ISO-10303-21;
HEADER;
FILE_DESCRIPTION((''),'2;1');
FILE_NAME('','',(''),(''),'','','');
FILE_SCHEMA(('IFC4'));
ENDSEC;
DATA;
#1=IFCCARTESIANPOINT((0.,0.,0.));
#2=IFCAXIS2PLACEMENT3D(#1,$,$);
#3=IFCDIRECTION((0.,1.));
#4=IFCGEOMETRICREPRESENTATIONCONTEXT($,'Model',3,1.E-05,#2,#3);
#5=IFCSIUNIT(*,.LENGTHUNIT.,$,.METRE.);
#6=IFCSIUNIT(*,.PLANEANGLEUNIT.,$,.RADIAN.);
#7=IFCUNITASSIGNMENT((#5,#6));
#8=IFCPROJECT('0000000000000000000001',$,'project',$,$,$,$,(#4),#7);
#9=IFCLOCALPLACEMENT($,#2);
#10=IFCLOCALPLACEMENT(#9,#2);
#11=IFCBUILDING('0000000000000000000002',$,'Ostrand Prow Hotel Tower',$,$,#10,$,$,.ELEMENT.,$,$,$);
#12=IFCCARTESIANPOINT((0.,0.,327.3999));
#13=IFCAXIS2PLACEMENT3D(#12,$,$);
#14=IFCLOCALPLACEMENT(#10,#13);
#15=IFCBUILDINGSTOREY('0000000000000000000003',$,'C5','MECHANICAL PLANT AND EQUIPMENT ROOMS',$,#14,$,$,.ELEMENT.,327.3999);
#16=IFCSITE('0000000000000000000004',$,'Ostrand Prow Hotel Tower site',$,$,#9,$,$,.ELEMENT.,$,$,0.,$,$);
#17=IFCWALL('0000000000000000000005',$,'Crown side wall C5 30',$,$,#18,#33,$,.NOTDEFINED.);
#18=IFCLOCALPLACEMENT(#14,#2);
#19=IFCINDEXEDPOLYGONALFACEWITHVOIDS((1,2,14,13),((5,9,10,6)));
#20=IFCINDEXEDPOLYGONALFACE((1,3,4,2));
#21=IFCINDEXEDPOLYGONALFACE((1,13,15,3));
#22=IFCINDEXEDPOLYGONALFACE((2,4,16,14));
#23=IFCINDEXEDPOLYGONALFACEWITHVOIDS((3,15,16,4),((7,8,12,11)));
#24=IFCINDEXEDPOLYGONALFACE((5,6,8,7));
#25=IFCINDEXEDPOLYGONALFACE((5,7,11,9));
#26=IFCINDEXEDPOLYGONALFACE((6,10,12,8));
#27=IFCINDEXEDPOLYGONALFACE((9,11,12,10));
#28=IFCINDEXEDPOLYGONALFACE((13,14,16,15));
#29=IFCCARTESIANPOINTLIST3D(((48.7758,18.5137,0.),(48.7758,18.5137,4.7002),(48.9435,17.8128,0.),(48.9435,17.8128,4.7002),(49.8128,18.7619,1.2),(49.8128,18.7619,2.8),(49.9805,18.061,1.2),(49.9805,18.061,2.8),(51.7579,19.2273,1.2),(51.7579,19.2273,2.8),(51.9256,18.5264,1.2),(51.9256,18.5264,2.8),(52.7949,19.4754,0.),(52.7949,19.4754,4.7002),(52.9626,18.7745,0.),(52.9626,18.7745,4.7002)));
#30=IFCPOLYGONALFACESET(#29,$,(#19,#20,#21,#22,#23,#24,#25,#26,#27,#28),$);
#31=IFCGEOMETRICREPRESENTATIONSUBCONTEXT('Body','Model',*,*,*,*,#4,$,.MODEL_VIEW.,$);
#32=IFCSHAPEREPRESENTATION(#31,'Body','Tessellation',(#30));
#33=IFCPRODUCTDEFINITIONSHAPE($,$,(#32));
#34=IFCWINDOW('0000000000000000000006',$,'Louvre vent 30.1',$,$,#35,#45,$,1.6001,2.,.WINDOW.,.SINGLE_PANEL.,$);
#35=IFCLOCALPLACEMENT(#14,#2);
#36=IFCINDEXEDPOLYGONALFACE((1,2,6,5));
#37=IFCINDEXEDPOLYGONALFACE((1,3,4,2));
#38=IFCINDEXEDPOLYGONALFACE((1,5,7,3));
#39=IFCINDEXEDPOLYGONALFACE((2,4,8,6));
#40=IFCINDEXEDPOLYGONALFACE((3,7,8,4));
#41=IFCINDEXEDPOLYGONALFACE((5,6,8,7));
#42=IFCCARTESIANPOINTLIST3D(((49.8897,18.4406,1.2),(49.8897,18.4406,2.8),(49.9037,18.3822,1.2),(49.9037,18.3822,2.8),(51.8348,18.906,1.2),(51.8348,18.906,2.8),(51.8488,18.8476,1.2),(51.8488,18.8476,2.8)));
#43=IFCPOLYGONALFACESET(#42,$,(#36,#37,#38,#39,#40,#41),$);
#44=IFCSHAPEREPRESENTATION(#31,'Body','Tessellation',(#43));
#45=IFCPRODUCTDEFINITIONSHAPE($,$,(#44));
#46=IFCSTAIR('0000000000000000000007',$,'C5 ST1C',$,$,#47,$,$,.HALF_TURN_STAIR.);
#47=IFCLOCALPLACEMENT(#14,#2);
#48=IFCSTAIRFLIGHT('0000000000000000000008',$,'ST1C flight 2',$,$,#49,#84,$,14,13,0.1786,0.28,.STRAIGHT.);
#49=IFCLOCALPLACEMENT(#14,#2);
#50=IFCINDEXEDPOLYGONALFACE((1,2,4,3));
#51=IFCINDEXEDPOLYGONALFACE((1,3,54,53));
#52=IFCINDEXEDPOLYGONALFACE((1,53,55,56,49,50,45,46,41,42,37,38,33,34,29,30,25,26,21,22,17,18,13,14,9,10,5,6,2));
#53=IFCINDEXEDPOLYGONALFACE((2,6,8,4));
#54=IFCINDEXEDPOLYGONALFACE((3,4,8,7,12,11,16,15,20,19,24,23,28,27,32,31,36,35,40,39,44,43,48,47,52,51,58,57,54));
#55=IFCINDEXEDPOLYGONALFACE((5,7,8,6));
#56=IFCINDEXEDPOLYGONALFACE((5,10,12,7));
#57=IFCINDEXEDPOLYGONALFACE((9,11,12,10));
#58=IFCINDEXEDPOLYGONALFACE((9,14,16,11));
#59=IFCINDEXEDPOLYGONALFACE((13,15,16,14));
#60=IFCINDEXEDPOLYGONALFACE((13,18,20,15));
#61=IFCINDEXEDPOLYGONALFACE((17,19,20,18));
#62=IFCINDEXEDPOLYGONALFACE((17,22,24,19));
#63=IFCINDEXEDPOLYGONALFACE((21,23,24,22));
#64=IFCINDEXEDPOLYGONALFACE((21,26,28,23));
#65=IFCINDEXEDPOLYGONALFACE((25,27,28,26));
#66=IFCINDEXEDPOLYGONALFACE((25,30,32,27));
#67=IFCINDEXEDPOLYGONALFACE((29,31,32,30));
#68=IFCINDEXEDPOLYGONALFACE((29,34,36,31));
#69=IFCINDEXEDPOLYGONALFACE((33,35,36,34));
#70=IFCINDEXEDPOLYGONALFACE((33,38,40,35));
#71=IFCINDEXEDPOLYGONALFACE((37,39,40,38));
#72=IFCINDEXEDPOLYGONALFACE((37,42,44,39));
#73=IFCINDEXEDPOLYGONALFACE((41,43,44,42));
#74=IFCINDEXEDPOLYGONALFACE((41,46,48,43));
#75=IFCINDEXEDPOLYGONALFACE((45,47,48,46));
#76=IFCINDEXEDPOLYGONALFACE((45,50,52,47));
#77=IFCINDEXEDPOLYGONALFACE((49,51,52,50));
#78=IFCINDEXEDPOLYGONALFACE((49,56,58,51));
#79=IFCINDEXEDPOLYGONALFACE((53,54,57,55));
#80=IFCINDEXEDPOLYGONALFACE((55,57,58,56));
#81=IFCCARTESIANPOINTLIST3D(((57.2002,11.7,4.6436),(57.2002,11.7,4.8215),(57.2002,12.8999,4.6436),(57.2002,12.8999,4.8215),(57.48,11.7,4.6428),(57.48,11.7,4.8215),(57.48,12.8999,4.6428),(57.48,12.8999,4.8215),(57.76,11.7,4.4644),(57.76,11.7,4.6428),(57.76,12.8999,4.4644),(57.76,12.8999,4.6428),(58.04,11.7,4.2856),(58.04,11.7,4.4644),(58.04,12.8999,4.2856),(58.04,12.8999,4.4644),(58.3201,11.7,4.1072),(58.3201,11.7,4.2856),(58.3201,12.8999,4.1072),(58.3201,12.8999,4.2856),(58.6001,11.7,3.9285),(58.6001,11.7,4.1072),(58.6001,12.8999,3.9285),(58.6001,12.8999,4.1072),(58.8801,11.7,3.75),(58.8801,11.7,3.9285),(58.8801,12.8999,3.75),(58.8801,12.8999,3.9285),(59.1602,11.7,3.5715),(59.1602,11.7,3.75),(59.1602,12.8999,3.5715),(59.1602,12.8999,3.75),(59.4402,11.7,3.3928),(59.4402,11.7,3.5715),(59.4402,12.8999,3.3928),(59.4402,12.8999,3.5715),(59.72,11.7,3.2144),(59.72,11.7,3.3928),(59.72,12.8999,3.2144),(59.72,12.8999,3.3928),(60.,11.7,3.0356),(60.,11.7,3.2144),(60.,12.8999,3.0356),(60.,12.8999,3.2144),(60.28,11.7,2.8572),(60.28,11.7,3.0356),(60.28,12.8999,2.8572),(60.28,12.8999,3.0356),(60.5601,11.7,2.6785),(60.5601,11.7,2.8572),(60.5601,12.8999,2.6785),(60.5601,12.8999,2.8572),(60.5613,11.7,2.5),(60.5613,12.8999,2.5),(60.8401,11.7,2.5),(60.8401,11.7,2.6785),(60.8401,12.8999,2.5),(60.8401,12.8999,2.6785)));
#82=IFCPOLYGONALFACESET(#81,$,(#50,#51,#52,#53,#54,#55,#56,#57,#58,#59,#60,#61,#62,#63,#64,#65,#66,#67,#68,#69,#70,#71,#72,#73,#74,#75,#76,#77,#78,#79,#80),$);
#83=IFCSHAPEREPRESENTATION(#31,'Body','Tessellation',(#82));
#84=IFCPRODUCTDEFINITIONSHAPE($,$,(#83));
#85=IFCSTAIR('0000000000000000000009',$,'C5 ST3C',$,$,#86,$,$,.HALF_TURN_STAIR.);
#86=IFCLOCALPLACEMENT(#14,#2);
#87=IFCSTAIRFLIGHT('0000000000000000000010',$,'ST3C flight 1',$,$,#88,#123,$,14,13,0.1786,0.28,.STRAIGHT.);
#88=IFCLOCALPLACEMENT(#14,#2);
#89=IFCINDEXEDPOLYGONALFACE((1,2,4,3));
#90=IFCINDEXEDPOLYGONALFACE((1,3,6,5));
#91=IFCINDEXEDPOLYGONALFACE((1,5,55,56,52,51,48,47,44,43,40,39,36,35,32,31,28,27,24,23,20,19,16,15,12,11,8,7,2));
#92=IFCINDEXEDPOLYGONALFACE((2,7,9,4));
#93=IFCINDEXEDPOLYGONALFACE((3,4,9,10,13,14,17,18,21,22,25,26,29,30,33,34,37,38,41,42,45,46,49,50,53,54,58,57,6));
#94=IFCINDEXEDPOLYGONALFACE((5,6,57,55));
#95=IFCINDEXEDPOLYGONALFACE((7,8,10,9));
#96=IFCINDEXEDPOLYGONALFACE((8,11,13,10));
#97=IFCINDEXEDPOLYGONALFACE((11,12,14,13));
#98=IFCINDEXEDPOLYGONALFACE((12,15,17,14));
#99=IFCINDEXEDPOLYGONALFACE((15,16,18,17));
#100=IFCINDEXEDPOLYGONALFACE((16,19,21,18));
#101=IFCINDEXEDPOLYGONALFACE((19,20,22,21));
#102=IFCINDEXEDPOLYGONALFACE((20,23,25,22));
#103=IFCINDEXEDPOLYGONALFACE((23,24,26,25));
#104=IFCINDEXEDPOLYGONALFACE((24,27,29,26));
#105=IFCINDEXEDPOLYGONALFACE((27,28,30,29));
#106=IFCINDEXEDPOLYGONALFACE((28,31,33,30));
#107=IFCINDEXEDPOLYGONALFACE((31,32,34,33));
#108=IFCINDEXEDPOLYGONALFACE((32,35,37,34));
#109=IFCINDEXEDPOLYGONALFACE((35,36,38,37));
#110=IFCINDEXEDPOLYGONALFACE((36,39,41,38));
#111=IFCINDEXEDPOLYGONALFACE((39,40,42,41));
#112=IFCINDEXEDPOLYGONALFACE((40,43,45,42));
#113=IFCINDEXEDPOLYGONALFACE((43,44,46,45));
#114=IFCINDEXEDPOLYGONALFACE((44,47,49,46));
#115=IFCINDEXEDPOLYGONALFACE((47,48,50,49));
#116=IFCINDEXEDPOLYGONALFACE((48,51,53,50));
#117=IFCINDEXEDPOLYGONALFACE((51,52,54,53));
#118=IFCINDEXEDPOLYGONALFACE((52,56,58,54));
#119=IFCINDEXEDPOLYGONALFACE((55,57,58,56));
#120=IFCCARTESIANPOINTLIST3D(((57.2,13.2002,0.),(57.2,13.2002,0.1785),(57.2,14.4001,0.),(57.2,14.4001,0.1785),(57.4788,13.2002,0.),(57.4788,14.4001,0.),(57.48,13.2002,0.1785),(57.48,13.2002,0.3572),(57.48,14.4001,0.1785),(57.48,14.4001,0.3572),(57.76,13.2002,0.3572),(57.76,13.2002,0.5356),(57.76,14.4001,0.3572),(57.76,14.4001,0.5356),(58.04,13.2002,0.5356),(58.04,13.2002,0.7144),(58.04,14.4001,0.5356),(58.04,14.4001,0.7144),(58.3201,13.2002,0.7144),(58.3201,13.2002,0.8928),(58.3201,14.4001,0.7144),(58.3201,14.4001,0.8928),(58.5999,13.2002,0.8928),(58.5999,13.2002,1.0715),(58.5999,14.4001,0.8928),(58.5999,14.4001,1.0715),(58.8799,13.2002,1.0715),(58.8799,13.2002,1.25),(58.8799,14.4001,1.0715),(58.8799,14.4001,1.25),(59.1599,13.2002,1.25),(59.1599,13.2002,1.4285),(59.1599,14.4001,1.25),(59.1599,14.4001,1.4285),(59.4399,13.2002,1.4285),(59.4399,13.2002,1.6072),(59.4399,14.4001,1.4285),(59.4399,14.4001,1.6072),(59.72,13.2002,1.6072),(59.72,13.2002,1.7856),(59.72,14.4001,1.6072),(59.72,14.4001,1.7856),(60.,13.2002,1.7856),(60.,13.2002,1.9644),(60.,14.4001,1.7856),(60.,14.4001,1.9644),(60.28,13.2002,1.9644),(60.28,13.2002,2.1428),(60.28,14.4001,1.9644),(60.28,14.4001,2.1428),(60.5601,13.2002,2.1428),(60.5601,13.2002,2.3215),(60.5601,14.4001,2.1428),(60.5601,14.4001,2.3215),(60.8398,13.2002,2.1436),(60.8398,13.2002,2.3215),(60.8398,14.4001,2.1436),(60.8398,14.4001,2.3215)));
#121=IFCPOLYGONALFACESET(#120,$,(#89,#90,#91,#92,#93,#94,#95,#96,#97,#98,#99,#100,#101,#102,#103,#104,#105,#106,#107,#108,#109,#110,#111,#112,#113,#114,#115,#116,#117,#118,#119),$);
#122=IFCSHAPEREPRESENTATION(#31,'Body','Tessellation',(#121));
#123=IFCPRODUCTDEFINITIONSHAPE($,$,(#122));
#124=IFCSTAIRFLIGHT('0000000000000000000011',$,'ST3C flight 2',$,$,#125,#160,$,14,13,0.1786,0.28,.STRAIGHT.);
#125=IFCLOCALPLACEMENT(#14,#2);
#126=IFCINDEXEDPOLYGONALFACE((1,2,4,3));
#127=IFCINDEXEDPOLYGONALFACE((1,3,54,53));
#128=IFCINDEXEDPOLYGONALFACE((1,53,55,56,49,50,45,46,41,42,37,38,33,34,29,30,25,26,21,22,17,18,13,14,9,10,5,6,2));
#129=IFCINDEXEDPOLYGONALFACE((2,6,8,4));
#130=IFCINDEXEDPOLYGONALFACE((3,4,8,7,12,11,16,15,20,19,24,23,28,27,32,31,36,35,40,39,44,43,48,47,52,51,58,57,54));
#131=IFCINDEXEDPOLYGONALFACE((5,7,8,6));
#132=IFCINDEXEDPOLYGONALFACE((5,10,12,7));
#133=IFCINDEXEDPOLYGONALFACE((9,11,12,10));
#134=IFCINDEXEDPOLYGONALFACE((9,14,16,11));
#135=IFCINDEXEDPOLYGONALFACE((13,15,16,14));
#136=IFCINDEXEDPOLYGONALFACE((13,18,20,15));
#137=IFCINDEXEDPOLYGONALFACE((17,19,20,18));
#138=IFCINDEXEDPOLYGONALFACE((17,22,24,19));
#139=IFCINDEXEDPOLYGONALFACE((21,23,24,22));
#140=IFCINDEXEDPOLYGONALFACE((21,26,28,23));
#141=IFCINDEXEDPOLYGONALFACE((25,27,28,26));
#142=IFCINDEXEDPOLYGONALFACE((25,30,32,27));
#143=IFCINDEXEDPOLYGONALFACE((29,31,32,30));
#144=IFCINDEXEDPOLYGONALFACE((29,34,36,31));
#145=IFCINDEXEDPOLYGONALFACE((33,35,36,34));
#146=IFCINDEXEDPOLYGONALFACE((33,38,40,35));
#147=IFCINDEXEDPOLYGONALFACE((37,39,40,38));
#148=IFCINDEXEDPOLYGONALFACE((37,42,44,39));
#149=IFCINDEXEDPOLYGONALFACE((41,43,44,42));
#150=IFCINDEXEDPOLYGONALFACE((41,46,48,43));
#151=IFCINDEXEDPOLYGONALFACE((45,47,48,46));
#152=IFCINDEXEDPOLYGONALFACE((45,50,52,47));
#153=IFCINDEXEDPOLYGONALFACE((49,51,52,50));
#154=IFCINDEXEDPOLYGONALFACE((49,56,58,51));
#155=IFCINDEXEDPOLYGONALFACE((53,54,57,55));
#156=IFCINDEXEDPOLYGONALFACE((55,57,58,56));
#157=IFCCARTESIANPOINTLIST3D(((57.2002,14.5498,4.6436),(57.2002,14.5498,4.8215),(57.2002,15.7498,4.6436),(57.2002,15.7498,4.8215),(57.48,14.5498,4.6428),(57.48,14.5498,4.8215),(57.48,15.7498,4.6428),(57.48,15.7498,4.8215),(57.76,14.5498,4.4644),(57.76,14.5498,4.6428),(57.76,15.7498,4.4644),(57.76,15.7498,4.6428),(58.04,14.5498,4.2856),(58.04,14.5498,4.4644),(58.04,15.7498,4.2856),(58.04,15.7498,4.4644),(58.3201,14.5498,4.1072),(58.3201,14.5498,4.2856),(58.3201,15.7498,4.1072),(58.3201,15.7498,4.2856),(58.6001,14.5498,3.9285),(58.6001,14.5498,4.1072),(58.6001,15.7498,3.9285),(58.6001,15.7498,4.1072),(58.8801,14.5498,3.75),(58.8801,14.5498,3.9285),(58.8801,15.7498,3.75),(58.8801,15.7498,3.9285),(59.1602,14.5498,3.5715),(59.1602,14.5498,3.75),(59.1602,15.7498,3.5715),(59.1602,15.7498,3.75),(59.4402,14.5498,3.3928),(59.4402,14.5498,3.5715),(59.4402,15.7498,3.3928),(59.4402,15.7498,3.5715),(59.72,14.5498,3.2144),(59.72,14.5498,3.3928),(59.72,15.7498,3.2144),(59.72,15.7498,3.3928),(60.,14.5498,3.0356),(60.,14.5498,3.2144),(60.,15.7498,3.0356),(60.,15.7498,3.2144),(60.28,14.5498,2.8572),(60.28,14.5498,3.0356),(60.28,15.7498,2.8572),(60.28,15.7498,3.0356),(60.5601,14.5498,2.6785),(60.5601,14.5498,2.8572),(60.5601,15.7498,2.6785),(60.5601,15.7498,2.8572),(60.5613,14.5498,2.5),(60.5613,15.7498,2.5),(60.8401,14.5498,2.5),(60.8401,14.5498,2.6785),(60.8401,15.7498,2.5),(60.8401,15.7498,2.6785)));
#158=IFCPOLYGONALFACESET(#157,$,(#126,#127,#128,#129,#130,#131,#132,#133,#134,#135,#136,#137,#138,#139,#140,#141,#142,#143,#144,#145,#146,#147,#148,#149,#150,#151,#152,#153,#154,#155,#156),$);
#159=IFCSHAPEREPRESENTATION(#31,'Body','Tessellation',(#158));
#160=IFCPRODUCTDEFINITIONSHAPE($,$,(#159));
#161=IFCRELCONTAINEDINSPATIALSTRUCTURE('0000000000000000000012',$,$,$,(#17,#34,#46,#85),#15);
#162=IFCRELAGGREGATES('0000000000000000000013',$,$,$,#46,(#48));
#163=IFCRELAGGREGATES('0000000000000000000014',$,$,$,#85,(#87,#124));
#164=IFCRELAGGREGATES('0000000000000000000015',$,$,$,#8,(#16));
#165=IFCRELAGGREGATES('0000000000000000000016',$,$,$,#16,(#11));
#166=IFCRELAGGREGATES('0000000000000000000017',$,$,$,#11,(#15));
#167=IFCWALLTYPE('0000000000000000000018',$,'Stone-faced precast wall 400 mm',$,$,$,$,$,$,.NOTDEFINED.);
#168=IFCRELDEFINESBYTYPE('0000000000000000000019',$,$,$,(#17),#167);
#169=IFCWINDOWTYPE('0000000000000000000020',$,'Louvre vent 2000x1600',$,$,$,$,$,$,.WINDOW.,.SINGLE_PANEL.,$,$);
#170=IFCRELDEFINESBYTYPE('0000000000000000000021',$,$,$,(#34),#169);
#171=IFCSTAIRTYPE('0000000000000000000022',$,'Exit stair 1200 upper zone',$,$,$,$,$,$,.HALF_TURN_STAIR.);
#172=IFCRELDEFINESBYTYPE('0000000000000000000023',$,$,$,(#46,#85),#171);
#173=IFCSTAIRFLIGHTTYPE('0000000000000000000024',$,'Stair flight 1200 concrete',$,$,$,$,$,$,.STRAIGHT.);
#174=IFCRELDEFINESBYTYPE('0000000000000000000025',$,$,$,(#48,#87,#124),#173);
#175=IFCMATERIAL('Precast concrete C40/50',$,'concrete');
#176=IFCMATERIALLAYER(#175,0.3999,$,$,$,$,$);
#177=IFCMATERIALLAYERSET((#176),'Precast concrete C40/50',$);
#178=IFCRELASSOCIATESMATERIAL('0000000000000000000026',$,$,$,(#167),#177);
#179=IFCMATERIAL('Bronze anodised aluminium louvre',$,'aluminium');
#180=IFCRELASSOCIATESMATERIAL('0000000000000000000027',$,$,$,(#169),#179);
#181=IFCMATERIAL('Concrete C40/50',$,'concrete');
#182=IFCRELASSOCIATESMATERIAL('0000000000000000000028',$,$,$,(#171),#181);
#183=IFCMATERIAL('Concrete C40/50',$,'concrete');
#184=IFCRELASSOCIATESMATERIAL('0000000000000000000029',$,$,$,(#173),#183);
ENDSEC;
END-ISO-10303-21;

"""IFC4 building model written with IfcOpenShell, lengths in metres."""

from ifc_helpers import new_model, si_unit, direction, frame, frame_2d, origin, place, context, subcontext, project, spatial, polyline, rectangle, outline, extrude, material, layer, layer_set, type_object, element, fill, aggregate, save


model = new_model("IFC4")

# Units and contexts
model_context = context("Model", 3, precision=1e-05, world=origin(), true_north=direction((0.0, 1.0)))
body_context = subcontext(model_context, "Body", "Model", "MODEL_VIEW")
ifc_project = project(units=[si_unit("LENGTHUNIT", "METRE"), si_unit("PLANEANGLEUNIT", "RADIAN")], contexts=[model_context])

# Site, building, storey
site_placement = place(None, origin())
site = spatial("IfcSite", under=ifc_project, at=site_placement, Name="Ostrand Prow Hotel Tower site", CompositionType="ELEMENT", RefElevation=0.0)
building_placement = place(site_placement, origin())
building = spatial("IfcBuilding", under=site, at=building_placement, Name="Ostrand Prow Hotel Tower", CompositionType="ELEMENT")
storey_placement = place(building_placement, frame((0.0, 0.0, 327.3999)))
storey = spatial("IfcBuildingStorey", under=building, at=storey_placement, Name="C5", Description="MECHANICAL PLANT AND EQUIPMENT ROOMS", CompositionType="ELEMENT", Elevation=327.3999)

# Shared definitions
ifc_material_1 = material(Name="Precast concrete C40/50", Category="concrete")
ifc_layer_1 = layer(ifc_material_1, 0.3999)
ifc_layer_set_1 = layer_set([ifc_layer_1], Name="Precast concrete C40/50")
wall_type_1 = type_object("IfcWallType", Name="Stone-faced precast wall 400 mm", PredefinedType="NOTDEFINED", material=ifc_layer_set_1)

# Wall, opening, window
ifc_material_2 = material(Name="Bronze anodised aluminium louvre", Category="aluminium")
window_type = type_object("IfcWindowType", Name="Louvre vent 2000x1600", PartitioningType="SINGLE_PANEL", PredefinedType="WINDOW", material=ifc_material_2)
wall_1_placement = place(storey_placement, frame((52.8789, 19.125, 0.0), z_axis=(0.0, 0.0, 1.0), x_axis=(-0.972546, -0.232709, 0.0)))
wall_1 = element("IfcWall", 1, at=wall_1_placement, inside=storey, type_object=wall_type_1, Name="Crown side wall C5 30", PredefinedType="NOTDEFINED", context=body_context, shape_type="SweptSolid", body=[
    extrude(rectangle(XDim=4.1326, YDim=0.7207, at=frame_2d((2.0664, 0.0))), origin(), (0.0, 0.0, 1.0), 4.7002),
])
opening_1_placement = place(wall_1_placement, frame((1.0664, 0.0, 1.2)))
opening_1 = element("IfcOpeningElement", 2, at=opening_1_placement, cuts=wall_1, PredefinedType="OPENING", context=body_context, shape_type="SweptSolid", body=[
    extrude(rectangle(XDim=2.0, YDim=1.6001, at=frame_2d((1.0, 0.8))), frame((0.0, 0.3704, 0.0), z_axis=(0.0, -1.0, 0.0), x_axis=(1.0, 0.0, 0.0)), (0.0, 0.0, 1.0), 0.7407),
])
window_1_placement = place(opening_1_placement, origin())
window_1 = element("IfcWindow", 3, at=window_1_placement, inside=storey, type_object=window_type, Name="Louvre vent 30.1", OverallHeight=1.6001, OverallWidth=2.0, PartitioningType="SINGLE_PANEL", PredefinedType="WINDOW", context=body_context, shape_type="SweptSolid", body=[
    extrude(rectangle(XDim=2.0, YDim=1.6001, at=frame_2d((1.0, 0.8))), frame((0.0, 0.03, 0.0), z_axis=(0.0, -1.0, 0.0), x_axis=(1.0, 0.0, 0.0)), (0.0, 0.0, 1.0), 0.0601),
])
fill(opening_1, window_1)

# Stair, stair flight
ifc_material_3 = material(Name="Concrete C40/50", Category="concrete")
stair_type = type_object("IfcStairType", Name="Exit stair 1200 upper zone", PredefinedType="HALF_TURN_STAIR", material=ifc_material_3)
stair_1_placement = place(storey_placement, origin())
stair_1 = element("IfcStair", 4, at=stair_1_placement, inside=storey, type_object=stair_type, Name="C5 ST1C", PredefinedType="HALF_TURN_STAIR")
ifc_material_4 = material(Name="Concrete C40/50", Category="concrete")
stair_flight_type = type_object("IfcStairFlightType", Name="Stair flight 1200 concrete", PredefinedType="STRAIGHT", material=ifc_material_4)
stair_flight_1_placement = place(storey_placement, frame((60.8401, 12.3, 2.5), z_axis=(0.0, 0.0, 1.0), x_axis=(-1.0, 0.0, 0.0)))
stair_flight_1 = element("IfcStairFlight", 5, at=stair_flight_1_placement, type_object=stair_flight_type, Name="ST1C flight 2", NumberOfRisers=14, NumberOfTreads=13, PredefinedType="STRAIGHT", RiserHeight=0.1786, TreadLength=0.28, context=body_context, shape_type="SweptSolid", body=[
    extrude(outline(polyline([(0.0, 0.0), (0.0, 0.1785), (0.28, 0.1785), (0.28, 0.3572), (0.5601, 0.3572), (0.5601, 0.5356), (0.8401, 0.5356), (0.8401, 0.7144), (1.1201, 0.7144), (1.1201, 0.8928), (1.3999, 0.8928), (1.3999, 1.0715), (1.6799, 1.0715), (1.6799, 1.25), (1.96, 1.25), (1.96, 1.4285), (2.24, 1.4285), (2.24, 1.6072), (2.52, 1.6072), (2.52, 1.7856), (2.8, 1.7856), (2.8, 1.9644), (3.0801, 1.9644), (3.0801, 2.1428), (3.3601, 2.1428), (3.3601, 2.3215), (3.6399, 2.3215), (3.6399, 2.5), (3.6399, 2.1436), (0.2788, 0.0), (0.0, 0.0)])), frame((0.0, 0.6001, 0.0), z_axis=(0.0, -1.0, 0.0), x_axis=(1.0, 0.0, 0.0)), (0.0, 0.0, 1.0), 1.2),
])
aggregate(stair_1, [stair_flight_1])

# Stair, stair flights
stair_2_placement = place(storey_placement, origin())
stair_2 = element("IfcStair", 6, at=stair_2_placement, inside=storey, type_object=stair_type, Name="C5 ST3C", PredefinedType="HALF_TURN_STAIR")
stair_flight_2_placement = place(storey_placement, frame((57.2, 13.8, 0.0), z_axis=(0.0, 0.0, 1.0), x_axis=(1.0, 0.0, 0.0)))
stair_flight_2 = element("IfcStairFlight", 7, at=stair_flight_2_placement, type_object=stair_flight_type, Name="ST3C flight 1", NumberOfRisers=14, NumberOfTreads=13, PredefinedType="STRAIGHT", RiserHeight=0.1786, TreadLength=0.28, context=body_context, shape_type="SweptSolid", body=[
    extrude(outline(polyline([(0.0, 0.0), (0.0, 0.1785), (0.28, 0.1785), (0.28, 0.3572), (0.5601, 0.3572), (0.5601, 0.5356), (0.8401, 0.5356), (0.8401, 0.7144), (1.1201, 0.7144), (1.1201, 0.8928), (1.3999, 0.8928), (1.3999, 1.0715), (1.6799, 1.0715), (1.6799, 1.25), (1.96, 1.25), (1.96, 1.4285), (2.24, 1.4285), (2.24, 1.6072), (2.52, 1.6072), (2.52, 1.7856), (2.8, 1.7856), (2.8, 1.9644), (3.0801, 1.9644), (3.0801, 2.1428), (3.3601, 2.1428), (3.3601, 2.3215), (3.6399, 2.3215), (3.6399, 2.5), (3.6399, 2.1436), (0.2788, 0.0), (0.0, 0.0)])), frame((0.0, 0.6001, 0.0), z_axis=(0.0, -1.0, 0.0), x_axis=(1.0, 0.0, 0.0)), (0.0, 0.0, 1.0), 1.2),
])
stair_flight_3_placement = place(storey_placement, frame((60.8401, 15.1499, 2.5), z_axis=(0.0, 0.0, 1.0), x_axis=(-1.0, 0.0, 0.0)))
stair_flight_3 = element("IfcStairFlight", 8, at=stair_flight_3_placement, type_object=stair_flight_type, Name="ST3C flight 2", NumberOfRisers=14, NumberOfTreads=13, PredefinedType="STRAIGHT", RiserHeight=0.1786, TreadLength=0.28, context=body_context, shape_type="SweptSolid", body=[
    extrude(outline(polyline([(0.0, 0.0), (0.0, 0.1785), (0.28, 0.1785), (0.28, 0.3572), (0.5601, 0.3572), (0.5601, 0.5356), (0.8401, 0.5356), (0.8401, 0.7144), (1.1201, 0.7144), (1.1201, 0.8928), (1.3999, 0.8928), (1.3999, 1.0715), (1.6799, 1.0715), (1.6799, 1.25), (1.96, 1.25), (1.96, 1.4285), (2.24, 1.4285), (2.24, 1.6072), (2.52, 1.6072), (2.52, 1.7856), (2.8, 1.7856), (2.8, 1.9644), (3.0801, 1.9644), (3.0801, 2.1428), (3.3601, 2.1428), (3.3601, 2.3215), (3.6399, 2.3215), (3.6399, 2.5), (3.6399, 2.1436), (0.2788, 0.0), (0.0, 0.0)])), frame((0.0, 0.6001, 0.0), z_axis=(0.0, -1.0, 0.0), x_axis=(1.0, 0.0, 0.0)), (0.0, 0.0, 1.0), 1.2),
])
aggregate(stair_2, [stair_flight_2, stair_flight_3])

save(model, "model.ifc")
